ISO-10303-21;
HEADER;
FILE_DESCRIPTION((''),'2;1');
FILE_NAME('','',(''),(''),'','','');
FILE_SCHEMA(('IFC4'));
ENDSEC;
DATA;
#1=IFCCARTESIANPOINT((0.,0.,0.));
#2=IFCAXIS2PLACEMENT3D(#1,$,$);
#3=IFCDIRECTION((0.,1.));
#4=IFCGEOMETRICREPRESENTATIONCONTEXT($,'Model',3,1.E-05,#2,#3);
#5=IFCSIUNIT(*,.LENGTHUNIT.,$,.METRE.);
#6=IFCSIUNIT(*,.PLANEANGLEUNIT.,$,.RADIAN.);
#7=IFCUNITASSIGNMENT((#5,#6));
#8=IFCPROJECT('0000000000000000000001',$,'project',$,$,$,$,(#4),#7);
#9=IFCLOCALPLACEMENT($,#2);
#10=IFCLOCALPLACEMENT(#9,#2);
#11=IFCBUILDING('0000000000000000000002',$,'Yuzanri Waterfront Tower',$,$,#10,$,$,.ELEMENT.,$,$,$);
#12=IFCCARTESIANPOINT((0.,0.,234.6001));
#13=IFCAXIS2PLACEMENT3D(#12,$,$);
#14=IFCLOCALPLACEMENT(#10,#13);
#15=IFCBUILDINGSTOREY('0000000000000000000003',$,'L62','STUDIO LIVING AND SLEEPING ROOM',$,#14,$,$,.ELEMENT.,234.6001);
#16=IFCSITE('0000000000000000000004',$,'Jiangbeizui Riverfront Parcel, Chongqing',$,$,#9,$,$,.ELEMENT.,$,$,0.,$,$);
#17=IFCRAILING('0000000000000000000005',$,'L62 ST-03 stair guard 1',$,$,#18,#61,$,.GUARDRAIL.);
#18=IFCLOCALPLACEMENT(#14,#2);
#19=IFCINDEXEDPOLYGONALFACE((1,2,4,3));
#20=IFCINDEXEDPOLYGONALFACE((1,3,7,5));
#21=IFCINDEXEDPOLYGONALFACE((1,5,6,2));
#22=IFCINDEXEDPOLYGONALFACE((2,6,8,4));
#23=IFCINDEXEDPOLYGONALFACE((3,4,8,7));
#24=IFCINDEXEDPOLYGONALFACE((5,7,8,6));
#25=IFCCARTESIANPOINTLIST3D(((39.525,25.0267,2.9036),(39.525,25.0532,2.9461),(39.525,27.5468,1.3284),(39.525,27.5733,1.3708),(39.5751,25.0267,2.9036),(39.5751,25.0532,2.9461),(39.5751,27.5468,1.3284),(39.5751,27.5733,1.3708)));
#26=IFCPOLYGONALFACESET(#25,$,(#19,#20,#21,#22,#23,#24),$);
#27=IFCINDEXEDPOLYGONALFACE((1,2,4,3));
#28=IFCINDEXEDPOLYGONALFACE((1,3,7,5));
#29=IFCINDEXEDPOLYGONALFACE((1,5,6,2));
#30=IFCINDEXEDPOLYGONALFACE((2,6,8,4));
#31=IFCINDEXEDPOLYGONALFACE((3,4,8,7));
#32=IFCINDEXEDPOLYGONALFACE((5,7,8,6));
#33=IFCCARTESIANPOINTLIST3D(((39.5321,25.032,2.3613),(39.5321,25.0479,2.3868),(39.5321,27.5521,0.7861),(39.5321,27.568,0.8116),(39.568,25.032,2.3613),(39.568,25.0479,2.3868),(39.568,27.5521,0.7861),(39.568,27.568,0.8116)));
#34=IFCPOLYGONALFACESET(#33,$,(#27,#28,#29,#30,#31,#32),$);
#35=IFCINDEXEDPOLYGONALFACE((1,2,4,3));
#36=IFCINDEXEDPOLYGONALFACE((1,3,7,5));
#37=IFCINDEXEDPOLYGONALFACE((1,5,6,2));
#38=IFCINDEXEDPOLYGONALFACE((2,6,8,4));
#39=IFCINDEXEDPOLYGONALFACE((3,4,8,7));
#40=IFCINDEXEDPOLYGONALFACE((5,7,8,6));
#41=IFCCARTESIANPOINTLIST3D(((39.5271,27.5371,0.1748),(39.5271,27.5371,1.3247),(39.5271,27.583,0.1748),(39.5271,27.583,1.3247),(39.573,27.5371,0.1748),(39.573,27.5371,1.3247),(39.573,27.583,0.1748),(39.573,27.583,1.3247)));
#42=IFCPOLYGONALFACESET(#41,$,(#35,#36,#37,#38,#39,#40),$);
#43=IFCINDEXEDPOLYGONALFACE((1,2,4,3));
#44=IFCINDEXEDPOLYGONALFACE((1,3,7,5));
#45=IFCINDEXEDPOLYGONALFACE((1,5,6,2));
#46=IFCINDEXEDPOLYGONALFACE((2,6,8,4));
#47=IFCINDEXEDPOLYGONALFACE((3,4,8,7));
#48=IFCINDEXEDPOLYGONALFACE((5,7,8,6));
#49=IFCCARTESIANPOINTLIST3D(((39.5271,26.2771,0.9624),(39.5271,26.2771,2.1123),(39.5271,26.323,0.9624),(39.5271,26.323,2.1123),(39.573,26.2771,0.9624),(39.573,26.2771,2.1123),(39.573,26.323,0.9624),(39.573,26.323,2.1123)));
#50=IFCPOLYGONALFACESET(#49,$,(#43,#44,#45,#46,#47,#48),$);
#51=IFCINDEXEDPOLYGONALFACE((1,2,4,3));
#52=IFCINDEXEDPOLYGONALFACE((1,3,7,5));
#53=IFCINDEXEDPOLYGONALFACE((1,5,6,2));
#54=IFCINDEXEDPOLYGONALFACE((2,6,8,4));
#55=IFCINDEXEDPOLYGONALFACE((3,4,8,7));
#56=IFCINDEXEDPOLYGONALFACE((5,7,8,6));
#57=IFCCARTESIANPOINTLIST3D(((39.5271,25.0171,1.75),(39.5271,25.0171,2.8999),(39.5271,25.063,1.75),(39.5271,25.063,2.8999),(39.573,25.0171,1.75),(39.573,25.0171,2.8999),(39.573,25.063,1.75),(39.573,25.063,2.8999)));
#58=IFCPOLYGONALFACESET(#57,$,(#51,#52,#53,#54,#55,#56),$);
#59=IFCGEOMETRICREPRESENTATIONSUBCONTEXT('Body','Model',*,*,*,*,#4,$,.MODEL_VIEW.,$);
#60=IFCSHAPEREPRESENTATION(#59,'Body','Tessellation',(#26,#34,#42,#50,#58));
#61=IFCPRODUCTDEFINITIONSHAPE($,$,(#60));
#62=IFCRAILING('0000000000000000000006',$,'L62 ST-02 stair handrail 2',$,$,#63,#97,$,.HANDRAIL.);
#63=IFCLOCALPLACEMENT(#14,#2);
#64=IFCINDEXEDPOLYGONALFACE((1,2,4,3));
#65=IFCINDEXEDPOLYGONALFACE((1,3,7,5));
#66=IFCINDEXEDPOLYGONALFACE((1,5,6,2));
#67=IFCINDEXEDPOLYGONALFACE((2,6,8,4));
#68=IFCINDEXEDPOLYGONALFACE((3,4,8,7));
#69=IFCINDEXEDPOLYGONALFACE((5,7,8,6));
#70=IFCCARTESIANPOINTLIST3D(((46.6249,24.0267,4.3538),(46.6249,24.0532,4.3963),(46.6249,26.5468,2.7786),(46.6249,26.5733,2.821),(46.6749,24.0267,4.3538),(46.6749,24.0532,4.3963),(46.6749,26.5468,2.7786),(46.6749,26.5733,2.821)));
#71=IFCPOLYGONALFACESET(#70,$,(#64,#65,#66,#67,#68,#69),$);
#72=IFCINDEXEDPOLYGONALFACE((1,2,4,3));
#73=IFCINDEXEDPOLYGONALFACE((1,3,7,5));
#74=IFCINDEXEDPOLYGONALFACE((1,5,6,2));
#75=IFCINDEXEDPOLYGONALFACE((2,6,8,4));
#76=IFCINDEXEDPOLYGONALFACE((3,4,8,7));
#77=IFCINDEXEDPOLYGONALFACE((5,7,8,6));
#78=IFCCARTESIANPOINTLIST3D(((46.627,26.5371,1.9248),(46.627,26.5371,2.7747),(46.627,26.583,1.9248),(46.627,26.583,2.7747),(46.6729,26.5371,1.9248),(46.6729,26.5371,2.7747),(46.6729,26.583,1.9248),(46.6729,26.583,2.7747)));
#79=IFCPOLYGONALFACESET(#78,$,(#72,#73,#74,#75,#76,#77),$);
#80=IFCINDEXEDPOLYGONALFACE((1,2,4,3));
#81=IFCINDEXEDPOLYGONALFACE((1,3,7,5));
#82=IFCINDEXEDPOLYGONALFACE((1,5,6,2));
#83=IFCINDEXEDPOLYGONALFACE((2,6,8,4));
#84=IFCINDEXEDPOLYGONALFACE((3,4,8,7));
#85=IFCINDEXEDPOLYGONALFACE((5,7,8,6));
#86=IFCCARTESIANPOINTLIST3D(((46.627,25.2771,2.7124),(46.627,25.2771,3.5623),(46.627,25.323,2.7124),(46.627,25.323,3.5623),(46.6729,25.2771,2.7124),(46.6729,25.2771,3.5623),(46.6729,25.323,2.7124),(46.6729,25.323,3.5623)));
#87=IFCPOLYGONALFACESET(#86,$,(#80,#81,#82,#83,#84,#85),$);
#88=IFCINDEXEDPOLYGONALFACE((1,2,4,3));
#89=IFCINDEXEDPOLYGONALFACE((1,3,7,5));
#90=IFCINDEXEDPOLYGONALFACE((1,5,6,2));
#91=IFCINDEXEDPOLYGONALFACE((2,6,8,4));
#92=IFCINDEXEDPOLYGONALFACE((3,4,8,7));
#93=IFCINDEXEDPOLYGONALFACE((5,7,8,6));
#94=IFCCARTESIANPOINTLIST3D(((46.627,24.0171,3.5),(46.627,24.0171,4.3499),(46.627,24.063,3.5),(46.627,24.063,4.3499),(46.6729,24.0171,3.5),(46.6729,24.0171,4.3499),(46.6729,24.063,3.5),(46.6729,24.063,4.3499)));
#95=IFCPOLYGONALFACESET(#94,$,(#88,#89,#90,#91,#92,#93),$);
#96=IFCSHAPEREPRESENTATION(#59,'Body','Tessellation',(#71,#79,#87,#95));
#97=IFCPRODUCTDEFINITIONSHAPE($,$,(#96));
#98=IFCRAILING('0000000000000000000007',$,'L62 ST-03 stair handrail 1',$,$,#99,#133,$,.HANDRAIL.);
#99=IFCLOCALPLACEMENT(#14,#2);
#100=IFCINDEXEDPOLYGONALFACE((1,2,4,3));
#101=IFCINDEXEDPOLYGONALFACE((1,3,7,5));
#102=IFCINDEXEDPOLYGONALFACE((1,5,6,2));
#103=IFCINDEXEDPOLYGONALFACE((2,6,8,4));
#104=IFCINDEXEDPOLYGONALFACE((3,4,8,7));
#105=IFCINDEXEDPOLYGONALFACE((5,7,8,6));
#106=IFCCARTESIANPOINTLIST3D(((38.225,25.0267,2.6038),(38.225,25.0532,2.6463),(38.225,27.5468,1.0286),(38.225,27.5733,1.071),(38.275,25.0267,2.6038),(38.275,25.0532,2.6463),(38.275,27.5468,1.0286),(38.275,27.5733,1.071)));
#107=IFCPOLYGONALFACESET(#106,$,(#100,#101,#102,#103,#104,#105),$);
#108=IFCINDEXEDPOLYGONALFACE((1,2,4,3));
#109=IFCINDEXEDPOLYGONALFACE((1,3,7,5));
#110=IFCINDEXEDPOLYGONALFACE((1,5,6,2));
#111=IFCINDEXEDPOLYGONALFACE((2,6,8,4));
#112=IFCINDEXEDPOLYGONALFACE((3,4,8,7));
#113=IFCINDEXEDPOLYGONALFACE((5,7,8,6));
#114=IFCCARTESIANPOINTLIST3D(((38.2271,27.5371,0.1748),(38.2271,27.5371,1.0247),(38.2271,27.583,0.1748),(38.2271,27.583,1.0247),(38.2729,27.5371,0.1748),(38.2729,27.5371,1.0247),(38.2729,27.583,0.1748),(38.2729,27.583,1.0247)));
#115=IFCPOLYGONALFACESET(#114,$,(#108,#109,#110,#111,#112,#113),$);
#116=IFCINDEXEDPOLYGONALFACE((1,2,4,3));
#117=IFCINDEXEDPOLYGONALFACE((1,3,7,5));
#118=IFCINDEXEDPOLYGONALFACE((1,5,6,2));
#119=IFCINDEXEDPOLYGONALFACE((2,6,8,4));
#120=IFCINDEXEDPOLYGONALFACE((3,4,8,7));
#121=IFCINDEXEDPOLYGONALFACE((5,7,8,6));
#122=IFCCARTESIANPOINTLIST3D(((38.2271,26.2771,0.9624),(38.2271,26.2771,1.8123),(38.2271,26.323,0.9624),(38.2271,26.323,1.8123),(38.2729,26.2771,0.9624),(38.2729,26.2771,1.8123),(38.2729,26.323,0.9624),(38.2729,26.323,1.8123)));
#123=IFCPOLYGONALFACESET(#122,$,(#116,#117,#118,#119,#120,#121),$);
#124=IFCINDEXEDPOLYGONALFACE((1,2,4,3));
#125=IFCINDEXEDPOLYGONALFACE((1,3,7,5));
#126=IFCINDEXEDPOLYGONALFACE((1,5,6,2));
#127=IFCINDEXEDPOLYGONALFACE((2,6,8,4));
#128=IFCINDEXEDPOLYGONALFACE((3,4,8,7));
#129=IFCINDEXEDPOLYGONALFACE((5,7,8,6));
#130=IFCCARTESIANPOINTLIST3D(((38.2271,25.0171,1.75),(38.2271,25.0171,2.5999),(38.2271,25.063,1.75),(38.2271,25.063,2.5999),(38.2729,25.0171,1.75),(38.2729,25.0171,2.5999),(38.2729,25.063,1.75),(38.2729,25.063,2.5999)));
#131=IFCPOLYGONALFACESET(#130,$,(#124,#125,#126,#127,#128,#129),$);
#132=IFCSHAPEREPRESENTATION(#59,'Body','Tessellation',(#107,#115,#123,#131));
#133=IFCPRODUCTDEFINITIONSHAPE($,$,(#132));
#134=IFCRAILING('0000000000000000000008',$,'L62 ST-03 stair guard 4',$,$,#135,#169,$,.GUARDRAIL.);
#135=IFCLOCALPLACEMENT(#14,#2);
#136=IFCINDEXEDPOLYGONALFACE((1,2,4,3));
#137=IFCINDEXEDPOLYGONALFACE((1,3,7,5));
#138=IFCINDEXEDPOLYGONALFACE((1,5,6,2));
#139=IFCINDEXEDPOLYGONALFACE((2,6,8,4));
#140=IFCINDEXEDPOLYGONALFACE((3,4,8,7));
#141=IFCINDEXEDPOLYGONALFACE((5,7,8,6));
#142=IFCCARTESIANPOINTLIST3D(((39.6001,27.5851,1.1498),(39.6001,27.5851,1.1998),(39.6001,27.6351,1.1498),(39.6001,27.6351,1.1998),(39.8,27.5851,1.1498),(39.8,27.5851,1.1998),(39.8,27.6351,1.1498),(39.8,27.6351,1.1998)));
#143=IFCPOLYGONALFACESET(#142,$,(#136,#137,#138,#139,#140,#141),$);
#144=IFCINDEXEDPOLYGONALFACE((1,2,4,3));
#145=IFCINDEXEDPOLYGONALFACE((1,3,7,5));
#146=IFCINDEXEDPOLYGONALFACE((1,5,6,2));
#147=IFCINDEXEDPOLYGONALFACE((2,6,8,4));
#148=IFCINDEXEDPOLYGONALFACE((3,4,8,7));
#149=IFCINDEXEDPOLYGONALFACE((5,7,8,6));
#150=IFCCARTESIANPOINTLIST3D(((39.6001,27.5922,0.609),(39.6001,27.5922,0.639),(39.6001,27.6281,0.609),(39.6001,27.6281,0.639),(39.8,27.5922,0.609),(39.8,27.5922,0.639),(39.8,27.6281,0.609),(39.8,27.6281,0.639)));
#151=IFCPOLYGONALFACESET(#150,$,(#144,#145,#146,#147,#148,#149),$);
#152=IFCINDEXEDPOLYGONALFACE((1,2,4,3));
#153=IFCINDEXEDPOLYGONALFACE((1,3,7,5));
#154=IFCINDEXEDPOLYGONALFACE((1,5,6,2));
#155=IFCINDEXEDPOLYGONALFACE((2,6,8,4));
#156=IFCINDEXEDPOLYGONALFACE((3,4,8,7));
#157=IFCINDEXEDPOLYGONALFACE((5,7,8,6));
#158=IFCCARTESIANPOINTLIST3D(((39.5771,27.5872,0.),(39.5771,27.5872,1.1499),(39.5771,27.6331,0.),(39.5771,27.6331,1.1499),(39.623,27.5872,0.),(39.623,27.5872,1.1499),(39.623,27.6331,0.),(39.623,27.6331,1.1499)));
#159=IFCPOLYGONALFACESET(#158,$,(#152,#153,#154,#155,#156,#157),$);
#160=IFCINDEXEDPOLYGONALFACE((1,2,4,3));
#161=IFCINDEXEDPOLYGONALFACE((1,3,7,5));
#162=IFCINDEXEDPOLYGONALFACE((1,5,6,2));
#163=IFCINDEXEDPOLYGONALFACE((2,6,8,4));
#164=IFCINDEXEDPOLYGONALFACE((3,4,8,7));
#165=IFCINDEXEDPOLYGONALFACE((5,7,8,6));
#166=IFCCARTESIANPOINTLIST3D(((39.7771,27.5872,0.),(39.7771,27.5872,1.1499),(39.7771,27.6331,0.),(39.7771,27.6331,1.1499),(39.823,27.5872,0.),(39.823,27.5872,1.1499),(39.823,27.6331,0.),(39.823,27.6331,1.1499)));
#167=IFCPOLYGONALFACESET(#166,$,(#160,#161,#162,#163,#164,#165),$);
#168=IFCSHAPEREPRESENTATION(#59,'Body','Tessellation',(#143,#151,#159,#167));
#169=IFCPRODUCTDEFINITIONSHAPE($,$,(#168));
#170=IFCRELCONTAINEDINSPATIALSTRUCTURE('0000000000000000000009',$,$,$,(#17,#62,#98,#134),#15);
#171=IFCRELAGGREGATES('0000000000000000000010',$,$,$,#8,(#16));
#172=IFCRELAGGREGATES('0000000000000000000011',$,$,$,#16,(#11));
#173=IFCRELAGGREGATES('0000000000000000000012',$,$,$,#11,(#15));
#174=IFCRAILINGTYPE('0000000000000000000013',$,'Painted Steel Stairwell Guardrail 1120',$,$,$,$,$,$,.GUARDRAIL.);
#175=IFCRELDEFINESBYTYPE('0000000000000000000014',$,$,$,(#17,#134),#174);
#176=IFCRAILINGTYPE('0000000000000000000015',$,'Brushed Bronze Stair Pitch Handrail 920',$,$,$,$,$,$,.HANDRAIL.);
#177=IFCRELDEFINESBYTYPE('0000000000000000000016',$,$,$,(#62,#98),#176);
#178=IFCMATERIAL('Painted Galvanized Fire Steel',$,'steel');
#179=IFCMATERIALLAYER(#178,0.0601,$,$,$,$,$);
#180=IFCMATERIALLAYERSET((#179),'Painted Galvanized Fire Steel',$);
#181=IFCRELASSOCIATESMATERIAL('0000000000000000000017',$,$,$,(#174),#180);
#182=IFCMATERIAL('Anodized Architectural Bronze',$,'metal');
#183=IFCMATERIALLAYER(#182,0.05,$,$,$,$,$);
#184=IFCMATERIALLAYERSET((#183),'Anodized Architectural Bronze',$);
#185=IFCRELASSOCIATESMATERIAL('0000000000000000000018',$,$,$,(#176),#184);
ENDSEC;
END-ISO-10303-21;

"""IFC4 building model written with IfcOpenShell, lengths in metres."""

from ifc_helpers import new_model, si_unit, direction, frame, origin, origin_2d, place, context, subcontext, project, spatial, rectangle, extrude, source, transform, mapped, material, layer, layer_set, type_object, element, save


model = new_model("IFC4")

# Units and contexts
model_context = context("Model", 3, precision=1e-05, world=origin(), true_north=direction((0.0, 1.0)))
body_context = subcontext(model_context, "Body", "Model", "MODEL_VIEW")
ifc_project = project(units=[si_unit("LENGTHUNIT", "METRE"), si_unit("PLANEANGLEUNIT", "RADIAN")], contexts=[model_context])

# Site, building, storey
site_placement = place(None, origin())
site = spatial("IfcSite", under=ifc_project, at=site_placement, Name="Jiangbeizui Riverfront Parcel, Chongqing", CompositionType="ELEMENT", RefElevation=0.0)
building_placement = place(site_placement, origin())
building = spatial("IfcBuilding", under=site, at=building_placement, Name="Yuzanri Waterfront Tower", CompositionType="ELEMENT")
storey_placement = place(building_placement, frame((0.0, 0.0, 234.6001)))
storey = spatial("IfcBuildingStorey", under=building, at=storey_placement, Name="L62", Description="STUDIO LIVING AND SLEEPING ROOM", CompositionType="ELEMENT", Elevation=234.6001)

# Railings
ifc_material_1 = material(Name="Painted Galvanized Fire Steel", Category="steel")
ifc_layer_1 = layer(ifc_material_1, 0.0601)
ifc_layer_set_1 = layer_set([ifc_layer_1], Name="Painted Galvanized Fire Steel")
railing_type_1 = type_object("IfcRailingType", Name="Painted Steel Stairwell Guardrail 1120", PredefinedType="GUARDRAIL", material=ifc_layer_set_1)
shared_shape_1 = source(origin(), body_context, "Body", "SweptSolid", [
    extrude(rectangle(XDim=0.05, YDim=0.05, at=origin_2d()), frame((0.0, 0.0, 1.1748), z_axis=(0.0, -0.847971, 0.530043), x_axis=(1.0, 0.0, 0.0)), (0.0, 0.0, 1.0), 2.9719),
    extrude(rectangle(XDim=0.0359, YDim=0.03, at=origin_2d()), frame((0.0, 0.0, 0.624), z_axis=(0.0, -0.847971, 0.530043), x_axis=(1.0, 0.0, 0.0)), (0.0, 0.0, 1.0), 2.9719),
    extrude(rectangle(XDim=0.0459, YDim=0.0459, at=origin_2d()), origin(), (0.0, 0.0, 1.0), 1.1499),
    extrude(rectangle(XDim=0.0459, YDim=0.0459, at=origin_2d()), frame((0.0, -1.26, 0.7876)), (0.0, 0.0, 1.0), 1.1499),
    extrude(rectangle(XDim=0.0459, YDim=0.0459, at=origin_2d()), frame((0.0, -2.52, 1.5752)), (0.0, 0.0, 1.0), 1.1499),
])
for number, where, name in (
    (1, (39.55, 27.5601, 0.1748), "L62 ST-03 stair guard 1"),
):
    element("IfcRailing", number, at=place(storey_placement, frame(where)), inside=storey, type_object=railing_type_1, Name=name, PredefinedType="GUARDRAIL", context=body_context, shape_type="MappedRepresentation", body=[
        mapped(shared_shape_1, transform((0.0, 0.0, 0.0), scale=1.0)),
    ])
ifc_material_2 = material(Name="Anodized Architectural Bronze", Category="metal")
ifc_layer_2 = layer(ifc_material_2, 0.05)
ifc_layer_set_2 = layer_set([ifc_layer_2], Name="Anodized Architectural Bronze")
railing_type_2 = type_object("IfcRailingType", Name="Brushed Bronze Stair Pitch Handrail 920", PredefinedType="HANDRAIL", material=ifc_layer_set_2)
shared_shape_2 = source(origin(), body_context, "Body", "SweptSolid", [
    extrude(rectangle(XDim=0.05, YDim=0.05, at=origin_2d()), frame((0.0, 0.0, 0.875), z_axis=(0.0, -0.847971, 0.530043), x_axis=(1.0, 0.0, 0.0)), (0.0, 0.0, 1.0), 2.9719),
    extrude(rectangle(XDim=0.0459, YDim=0.0459, at=origin_2d()), origin(), (0.0, 0.0, 1.0), 0.8499),
    extrude(rectangle(XDim=0.0459, YDim=0.0459, at=origin_2d()), frame((0.0, -1.26, 0.7876)), (0.0, 0.0, 1.0), 0.8499),
    extrude(rectangle(XDim=0.0459, YDim=0.0459, at=origin_2d()), frame((0.0, -2.52, 1.5752)), (0.0, 0.0, 1.0), 0.8499),
])
for number, where, name in (
    (2, (46.6499, 26.5601, 1.9248), "L62 ST-02 stair handrail 2"),
    (3, (38.25, 27.5601, 0.1748), "L62 ST-03 stair handrail 1"),
):
    element("IfcRailing", number, at=place(storey_placement, frame(where)), inside=storey, type_object=railing_type_2, Name=name, PredefinedType="HANDRAIL", context=body_context, shape_type="MappedRepresentation", body=[
        mapped(shared_shape_2, transform((0.0, 0.0, 0.0), scale=1.0)),
    ])
shared_shape_3 = source(origin(), body_context, "Body", "SweptSolid", [
    extrude(rectangle(XDim=0.05, YDim=0.05, at=origin_2d()), frame((0.0, 0.0, 1.1748), z_axis=(1.0, 0.0, 0.0), x_axis=(0.0, 1.0, 0.0)), (0.0, 0.0, 1.0), 0.2),
    extrude(rectangle(XDim=0.0359, YDim=0.03, at=origin_2d()), frame((0.0, 0.0, 0.624), z_axis=(1.0, 0.0, 0.0), x_axis=(0.0, 1.0, 0.0)), (0.0, 0.0, 1.0), 0.2),
    extrude(rectangle(XDim=0.0459, YDim=0.0459, at=origin_2d()), origin(), (0.0, 0.0, 1.0), 1.1499),
    extrude(rectangle(XDim=0.0459, YDim=0.0459, at=origin_2d()), frame((0.2, 0.0, 0.0)), (0.0, 0.0, 1.0), 1.1499),
])
railing_placement = place(storey_placement, frame((39.6001, 27.6101, 0.0)))
element("IfcRailing", 4, at=railing_placement, inside=storey, type_object=railing_type_1, Name="L62 ST-03 stair guard 4", PredefinedType="GUARDRAIL", context=body_context, shape_type="MappedRepresentation", body=[
    mapped(shared_shape_3, transform((0.0, 0.0, 0.0), scale=1.0)),
])

save(model, "model.ifc")
